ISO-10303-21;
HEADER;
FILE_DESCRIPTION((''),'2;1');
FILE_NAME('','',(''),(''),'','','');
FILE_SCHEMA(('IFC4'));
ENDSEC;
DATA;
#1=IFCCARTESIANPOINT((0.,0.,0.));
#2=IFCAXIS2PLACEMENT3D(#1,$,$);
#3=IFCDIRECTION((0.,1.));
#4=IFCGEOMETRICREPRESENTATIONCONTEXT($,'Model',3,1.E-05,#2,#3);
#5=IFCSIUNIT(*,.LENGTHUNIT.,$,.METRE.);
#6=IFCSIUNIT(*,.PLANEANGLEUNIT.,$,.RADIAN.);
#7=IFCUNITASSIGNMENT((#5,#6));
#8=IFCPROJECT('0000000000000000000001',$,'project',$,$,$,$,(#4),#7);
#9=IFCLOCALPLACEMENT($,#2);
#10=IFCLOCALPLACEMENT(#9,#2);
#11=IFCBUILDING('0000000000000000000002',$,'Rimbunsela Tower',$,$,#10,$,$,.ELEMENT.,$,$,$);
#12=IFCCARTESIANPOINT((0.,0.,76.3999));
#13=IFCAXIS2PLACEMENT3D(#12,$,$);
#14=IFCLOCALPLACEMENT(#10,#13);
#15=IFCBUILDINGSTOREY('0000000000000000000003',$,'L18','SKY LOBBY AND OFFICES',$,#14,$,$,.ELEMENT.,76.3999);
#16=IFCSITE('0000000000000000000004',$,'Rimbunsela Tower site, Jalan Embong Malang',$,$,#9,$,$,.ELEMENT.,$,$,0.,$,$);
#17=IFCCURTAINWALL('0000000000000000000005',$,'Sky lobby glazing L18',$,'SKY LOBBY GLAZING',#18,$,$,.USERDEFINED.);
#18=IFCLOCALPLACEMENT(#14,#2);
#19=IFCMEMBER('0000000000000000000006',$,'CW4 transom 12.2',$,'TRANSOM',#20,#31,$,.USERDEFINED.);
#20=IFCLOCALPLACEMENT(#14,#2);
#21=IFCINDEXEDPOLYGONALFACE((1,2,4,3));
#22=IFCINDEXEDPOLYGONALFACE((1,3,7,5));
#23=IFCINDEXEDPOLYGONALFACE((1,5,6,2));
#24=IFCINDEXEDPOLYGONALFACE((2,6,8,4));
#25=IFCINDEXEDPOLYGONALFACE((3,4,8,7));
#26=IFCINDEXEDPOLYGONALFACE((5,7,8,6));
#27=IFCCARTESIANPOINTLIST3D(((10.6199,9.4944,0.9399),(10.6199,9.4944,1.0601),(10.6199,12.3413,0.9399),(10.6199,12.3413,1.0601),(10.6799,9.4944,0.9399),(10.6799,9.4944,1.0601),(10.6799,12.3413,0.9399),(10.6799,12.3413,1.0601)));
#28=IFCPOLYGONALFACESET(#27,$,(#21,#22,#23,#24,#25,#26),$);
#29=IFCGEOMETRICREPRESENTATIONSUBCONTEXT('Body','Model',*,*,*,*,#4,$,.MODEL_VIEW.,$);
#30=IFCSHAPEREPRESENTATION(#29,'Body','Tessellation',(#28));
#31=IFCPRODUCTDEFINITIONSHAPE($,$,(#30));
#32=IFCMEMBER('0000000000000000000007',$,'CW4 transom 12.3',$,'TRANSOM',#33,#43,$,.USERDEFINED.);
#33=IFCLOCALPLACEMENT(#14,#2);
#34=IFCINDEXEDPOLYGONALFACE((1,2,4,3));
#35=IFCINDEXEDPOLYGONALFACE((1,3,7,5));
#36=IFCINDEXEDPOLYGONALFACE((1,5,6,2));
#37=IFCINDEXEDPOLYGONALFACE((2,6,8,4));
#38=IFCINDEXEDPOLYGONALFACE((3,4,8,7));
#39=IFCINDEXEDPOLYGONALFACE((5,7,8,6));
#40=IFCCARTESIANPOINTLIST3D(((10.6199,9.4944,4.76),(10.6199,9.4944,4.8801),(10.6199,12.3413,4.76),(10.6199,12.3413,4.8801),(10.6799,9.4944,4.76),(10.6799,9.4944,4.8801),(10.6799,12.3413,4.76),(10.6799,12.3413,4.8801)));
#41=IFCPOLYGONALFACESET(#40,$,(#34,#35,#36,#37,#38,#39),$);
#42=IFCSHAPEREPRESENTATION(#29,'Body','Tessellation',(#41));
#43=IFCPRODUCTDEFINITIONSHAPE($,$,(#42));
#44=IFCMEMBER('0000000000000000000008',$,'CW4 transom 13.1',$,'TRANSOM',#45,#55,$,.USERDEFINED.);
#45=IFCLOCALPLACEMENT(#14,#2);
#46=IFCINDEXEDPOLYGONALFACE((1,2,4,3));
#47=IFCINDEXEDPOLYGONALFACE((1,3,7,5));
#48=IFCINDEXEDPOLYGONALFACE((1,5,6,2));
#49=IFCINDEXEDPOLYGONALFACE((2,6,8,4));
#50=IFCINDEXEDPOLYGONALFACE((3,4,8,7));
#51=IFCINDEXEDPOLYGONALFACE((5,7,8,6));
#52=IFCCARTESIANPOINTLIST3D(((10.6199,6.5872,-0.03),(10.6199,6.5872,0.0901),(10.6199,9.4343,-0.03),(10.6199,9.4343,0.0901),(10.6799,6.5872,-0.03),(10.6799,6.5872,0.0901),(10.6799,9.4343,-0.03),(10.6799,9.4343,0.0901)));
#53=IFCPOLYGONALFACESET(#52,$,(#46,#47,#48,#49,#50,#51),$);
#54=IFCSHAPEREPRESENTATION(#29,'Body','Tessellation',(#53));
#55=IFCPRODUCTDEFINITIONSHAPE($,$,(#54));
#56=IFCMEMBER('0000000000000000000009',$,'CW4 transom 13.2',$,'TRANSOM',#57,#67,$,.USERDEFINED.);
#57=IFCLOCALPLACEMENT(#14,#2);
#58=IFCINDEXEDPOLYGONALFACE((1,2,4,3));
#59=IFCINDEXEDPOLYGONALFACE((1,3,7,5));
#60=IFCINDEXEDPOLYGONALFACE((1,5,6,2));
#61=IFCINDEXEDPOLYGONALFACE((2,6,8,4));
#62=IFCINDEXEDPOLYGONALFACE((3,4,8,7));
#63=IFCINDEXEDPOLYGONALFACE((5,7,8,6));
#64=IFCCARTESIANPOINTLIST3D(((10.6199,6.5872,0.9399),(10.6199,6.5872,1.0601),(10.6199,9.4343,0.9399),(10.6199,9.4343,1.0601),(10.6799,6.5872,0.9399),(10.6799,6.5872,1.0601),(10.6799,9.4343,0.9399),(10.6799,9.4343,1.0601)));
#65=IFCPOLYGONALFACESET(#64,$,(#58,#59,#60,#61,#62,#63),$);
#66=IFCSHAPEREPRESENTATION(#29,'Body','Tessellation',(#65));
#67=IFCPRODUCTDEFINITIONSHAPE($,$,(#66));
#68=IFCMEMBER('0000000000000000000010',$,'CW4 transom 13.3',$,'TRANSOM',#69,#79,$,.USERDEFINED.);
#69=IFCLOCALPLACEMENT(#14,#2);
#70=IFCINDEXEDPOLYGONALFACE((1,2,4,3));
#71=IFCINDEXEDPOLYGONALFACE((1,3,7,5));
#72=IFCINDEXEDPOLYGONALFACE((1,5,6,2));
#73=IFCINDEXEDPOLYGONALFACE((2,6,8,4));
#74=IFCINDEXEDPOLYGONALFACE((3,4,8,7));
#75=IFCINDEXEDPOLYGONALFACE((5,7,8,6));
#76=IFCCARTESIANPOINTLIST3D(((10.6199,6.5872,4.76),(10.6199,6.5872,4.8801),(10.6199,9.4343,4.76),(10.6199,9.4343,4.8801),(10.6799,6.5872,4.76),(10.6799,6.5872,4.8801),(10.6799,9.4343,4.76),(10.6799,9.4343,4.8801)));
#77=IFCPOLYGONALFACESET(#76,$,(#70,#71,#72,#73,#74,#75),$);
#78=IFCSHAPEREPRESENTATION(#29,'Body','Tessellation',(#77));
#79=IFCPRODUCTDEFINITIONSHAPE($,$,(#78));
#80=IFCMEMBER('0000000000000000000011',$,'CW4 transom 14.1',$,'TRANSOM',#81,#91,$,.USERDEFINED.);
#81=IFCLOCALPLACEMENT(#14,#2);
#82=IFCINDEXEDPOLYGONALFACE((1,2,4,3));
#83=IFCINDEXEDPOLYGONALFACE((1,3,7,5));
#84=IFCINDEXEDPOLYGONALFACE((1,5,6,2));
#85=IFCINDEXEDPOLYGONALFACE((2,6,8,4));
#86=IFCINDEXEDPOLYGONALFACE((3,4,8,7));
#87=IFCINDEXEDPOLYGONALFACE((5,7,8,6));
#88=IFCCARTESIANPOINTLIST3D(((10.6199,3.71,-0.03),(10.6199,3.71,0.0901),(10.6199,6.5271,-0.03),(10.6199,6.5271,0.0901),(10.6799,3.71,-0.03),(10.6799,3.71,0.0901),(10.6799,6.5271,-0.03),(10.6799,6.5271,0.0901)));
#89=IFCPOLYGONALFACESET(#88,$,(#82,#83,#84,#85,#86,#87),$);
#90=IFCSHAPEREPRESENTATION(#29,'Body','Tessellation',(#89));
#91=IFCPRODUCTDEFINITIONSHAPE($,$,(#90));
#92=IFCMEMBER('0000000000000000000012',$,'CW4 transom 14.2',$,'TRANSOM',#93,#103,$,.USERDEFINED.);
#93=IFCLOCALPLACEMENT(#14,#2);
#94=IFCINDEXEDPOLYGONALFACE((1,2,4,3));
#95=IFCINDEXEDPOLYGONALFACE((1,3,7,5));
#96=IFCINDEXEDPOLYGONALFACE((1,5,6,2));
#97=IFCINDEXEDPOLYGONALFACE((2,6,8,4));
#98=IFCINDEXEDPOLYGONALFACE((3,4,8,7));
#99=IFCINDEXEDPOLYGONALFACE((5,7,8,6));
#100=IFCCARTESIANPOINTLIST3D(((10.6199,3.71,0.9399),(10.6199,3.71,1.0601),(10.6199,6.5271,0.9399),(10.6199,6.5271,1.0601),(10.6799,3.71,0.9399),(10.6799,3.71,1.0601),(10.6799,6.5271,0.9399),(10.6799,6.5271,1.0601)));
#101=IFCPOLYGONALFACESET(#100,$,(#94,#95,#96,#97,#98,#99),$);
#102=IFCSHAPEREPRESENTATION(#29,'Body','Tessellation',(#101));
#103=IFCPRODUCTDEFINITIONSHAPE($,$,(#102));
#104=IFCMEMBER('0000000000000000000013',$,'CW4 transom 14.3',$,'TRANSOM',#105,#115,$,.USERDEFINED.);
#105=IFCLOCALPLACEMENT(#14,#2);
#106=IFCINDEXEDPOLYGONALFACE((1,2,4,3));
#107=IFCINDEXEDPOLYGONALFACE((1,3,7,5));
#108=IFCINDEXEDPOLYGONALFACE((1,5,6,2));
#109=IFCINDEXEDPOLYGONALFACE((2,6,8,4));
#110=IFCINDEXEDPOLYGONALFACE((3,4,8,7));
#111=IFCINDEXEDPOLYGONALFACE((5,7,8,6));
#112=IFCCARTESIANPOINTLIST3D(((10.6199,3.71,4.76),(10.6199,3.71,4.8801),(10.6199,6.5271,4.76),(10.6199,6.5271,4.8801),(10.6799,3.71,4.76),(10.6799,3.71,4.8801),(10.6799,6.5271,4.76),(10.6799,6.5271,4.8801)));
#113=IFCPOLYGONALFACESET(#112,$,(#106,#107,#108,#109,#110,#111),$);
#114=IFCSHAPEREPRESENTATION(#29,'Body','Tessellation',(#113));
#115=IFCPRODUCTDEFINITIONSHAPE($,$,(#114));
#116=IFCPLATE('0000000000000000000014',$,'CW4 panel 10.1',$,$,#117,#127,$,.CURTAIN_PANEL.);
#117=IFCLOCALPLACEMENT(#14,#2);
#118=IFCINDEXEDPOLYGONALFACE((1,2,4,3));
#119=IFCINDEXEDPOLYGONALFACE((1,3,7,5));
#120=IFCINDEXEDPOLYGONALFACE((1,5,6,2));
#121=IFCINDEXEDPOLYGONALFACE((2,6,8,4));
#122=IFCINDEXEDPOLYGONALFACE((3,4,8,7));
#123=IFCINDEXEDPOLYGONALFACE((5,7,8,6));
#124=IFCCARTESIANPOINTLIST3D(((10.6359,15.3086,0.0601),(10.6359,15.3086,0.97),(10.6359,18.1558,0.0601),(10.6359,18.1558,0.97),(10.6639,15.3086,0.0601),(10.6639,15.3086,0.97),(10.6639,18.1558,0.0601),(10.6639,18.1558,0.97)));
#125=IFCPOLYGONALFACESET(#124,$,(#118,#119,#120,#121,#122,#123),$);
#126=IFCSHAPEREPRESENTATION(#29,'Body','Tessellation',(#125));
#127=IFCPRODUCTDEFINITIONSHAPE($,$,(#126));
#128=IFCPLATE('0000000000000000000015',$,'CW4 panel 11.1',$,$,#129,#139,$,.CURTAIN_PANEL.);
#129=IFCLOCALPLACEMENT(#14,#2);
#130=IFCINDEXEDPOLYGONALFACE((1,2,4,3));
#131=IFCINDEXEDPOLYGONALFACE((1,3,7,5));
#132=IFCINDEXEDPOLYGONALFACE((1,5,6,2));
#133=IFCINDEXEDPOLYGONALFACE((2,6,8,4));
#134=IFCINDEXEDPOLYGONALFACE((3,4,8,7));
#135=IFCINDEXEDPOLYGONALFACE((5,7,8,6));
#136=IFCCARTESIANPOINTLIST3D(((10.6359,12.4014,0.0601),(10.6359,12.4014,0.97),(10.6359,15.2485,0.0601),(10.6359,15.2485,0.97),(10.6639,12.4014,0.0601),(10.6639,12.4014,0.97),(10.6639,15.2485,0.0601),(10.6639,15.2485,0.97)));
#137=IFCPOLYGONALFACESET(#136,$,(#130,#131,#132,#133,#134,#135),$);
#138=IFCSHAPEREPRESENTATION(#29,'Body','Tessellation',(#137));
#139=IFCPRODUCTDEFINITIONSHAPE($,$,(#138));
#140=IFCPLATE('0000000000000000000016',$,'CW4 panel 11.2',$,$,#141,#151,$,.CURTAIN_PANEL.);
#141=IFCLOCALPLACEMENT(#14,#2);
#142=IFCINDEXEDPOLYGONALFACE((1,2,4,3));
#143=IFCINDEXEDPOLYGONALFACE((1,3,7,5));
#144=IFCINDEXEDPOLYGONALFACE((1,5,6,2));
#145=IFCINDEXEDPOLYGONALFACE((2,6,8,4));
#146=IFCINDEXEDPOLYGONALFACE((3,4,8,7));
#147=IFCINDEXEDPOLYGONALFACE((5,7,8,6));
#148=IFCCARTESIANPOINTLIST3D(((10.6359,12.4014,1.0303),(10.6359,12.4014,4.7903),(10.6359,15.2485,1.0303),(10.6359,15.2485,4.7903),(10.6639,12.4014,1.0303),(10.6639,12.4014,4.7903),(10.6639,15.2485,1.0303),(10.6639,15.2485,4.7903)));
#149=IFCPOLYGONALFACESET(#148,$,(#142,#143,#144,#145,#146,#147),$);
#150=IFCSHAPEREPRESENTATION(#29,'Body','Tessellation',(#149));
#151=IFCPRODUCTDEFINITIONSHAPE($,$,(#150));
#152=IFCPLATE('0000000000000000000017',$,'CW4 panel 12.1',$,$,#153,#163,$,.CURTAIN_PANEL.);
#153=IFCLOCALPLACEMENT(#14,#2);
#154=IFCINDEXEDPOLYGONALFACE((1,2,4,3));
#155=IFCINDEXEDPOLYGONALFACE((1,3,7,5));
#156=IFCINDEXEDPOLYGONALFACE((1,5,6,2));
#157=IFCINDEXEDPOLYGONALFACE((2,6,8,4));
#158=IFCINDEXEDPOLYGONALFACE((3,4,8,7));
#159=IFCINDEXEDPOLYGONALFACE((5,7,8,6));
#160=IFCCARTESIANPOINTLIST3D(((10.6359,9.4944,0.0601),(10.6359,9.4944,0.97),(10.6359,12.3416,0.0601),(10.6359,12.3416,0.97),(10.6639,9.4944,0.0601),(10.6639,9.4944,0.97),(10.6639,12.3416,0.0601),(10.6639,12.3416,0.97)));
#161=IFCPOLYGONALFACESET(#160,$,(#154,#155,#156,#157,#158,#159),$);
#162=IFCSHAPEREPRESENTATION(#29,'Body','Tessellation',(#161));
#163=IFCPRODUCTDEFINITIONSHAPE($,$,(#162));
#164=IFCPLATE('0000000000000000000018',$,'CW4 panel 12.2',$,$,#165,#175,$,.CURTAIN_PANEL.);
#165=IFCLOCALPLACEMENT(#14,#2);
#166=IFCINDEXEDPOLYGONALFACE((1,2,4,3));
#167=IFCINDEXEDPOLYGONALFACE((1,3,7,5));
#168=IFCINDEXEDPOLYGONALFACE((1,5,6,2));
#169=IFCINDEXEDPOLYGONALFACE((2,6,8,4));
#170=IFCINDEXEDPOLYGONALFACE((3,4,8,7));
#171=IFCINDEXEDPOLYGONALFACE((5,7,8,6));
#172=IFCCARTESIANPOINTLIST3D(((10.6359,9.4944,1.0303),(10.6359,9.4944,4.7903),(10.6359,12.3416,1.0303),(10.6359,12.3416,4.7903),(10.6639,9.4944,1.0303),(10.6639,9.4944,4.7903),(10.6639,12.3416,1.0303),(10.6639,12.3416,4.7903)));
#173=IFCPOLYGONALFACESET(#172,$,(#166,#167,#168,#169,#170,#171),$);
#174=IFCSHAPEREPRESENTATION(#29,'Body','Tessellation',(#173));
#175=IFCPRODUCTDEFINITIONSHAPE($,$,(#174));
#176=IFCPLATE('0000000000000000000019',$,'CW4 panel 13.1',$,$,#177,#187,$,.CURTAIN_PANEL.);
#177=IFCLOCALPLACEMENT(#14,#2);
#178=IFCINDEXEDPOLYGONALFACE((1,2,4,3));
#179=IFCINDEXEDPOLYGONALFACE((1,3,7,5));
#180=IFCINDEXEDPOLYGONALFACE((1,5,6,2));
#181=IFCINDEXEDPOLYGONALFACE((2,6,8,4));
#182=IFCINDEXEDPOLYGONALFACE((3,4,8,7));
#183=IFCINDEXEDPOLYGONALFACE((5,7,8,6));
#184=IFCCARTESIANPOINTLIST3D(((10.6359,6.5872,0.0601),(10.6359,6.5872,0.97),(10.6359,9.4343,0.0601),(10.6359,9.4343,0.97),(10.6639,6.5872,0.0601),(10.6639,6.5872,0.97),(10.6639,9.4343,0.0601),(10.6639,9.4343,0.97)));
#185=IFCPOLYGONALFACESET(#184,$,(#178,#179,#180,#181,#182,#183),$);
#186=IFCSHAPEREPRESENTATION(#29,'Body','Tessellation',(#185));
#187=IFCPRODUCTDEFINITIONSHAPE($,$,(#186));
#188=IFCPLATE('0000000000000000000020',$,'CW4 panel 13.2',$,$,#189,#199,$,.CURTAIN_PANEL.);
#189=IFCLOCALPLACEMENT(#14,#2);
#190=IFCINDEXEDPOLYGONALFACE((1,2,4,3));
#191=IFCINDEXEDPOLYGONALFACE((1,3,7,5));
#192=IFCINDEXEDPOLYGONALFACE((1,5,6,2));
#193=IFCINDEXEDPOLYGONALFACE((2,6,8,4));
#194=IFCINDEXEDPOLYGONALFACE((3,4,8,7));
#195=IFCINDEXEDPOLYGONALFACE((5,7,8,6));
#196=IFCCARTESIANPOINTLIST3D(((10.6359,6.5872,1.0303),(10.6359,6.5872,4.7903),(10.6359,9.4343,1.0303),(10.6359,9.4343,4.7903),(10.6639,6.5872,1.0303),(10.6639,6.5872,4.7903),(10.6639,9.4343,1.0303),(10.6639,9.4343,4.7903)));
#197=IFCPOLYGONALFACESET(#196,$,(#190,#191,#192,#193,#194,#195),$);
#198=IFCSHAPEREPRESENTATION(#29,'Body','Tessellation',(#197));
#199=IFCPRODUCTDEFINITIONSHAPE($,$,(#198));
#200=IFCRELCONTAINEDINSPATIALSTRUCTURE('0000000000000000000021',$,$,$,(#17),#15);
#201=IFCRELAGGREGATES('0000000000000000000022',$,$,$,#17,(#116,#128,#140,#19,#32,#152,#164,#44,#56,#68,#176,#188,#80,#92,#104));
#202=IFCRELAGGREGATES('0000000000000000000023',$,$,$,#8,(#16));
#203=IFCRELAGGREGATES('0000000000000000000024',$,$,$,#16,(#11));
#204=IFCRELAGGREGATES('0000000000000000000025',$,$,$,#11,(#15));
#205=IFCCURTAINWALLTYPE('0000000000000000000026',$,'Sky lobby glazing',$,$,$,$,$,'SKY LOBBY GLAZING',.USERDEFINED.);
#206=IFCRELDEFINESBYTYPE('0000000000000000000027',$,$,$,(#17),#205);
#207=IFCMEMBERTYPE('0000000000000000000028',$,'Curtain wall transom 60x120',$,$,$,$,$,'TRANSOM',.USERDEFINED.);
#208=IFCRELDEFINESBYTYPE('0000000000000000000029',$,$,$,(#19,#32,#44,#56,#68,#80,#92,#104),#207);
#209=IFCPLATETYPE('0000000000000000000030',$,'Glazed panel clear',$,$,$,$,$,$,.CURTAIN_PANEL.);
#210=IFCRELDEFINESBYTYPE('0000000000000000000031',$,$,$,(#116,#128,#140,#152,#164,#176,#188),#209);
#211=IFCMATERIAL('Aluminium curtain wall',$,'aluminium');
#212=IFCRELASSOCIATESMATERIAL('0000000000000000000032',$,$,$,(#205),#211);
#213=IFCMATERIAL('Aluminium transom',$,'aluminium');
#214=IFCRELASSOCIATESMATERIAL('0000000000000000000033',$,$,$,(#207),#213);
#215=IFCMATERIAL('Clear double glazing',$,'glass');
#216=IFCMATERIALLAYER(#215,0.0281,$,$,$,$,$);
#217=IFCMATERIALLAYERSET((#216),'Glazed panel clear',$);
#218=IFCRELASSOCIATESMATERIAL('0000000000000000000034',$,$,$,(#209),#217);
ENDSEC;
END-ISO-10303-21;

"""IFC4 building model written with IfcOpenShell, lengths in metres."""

from ifc_helpers import new_model, si_unit, direction, frame, origin, origin_2d, place, context, subcontext, project, spatial, rectangle, extrude, material, layer, layer_set, material_profile, profile_set, type_object, element, aggregate, save


model = new_model("IFC4")

# Units and contexts
model_context = context("Model", 3, precision=1e-05, world=origin(), true_north=direction((0.0, 1.0)))
body_context = subcontext(model_context, "Body", "Model", "MODEL_VIEW")
ifc_project = project(units=[si_unit("LENGTHUNIT", "METRE"), si_unit("PLANEANGLEUNIT", "RADIAN")], contexts=[model_context])

# Site, building, storey
site_placement = place(None, origin())
site = spatial("IfcSite", under=ifc_project, at=site_placement, Name="Rimbunsela Tower site, Jalan Embong Malang", CompositionType="ELEMENT", RefElevation=0.0)
building_placement = place(site_placement, origin())
building = spatial("IfcBuilding", under=site, at=building_placement, Name="Rimbunsela Tower", CompositionType="ELEMENT")
storey_placement = place(building_placement, frame((0.0, 0.0, 76.3999)))
storey = spatial("IfcBuildingStorey", under=building, at=storey_placement, Name="L18", Description="SKY LOBBY AND OFFICES", CompositionType="ELEMENT", Elevation=76.3999)

# Curtain wall, members, plates
ifc_material_1 = material(Name="Aluminium curtain wall", Category="aluminium")
curtain_wall_type = type_object("IfcCurtainWallType", Name="Sky lobby glazing", ElementType="SKY LOBBY GLAZING", PredefinedType="USERDEFINED", material=ifc_material_1)
curtain_wall_placement = place(storey_placement, origin())
curtain_wall = element("IfcCurtainWall", 1, at=curtain_wall_placement, inside=storey, type_object=curtain_wall_type, Name="Sky lobby glazing L18", ObjectType="SKY LOBBY GLAZING", PredefinedType="USERDEFINED")
ifc_material_2 = material(Name="Aluminium transom", Category="aluminium")
ifc_material_profile_1 = material_profile(ifc_material_2, rectangle(XDim=0.0601, YDim=0.1201, at=origin_2d()), Name="Transom 60x120")
ifc_profile_set_1 = profile_set([ifc_material_profile_1], Name="Aluminium transom")
member_type_1 = type_object("IfcMemberType", Name="Curtain wall transom 60x120", ElementType="TRANSOM", PredefinedType="USERDEFINED", material=ifc_profile_set_1)
member_1_placement = place(storey_placement, frame((10.6499, 12.3413, 1.0), z_axis=(0.0, -1.0, 0.0), x_axis=(1.0, 0.0, 0.0)))
member_1 = element("IfcMember", 2, at=member_1_placement, type_object=member_type_1, Name="CW4 transom 12.2", ObjectType="TRANSOM", PredefinedType="USERDEFINED", context=body_context, shape_type="SweptSolid", body=[
    extrude(rectangle(XDim=0.0601, YDim=0.1201, at=origin_2d()), origin(), (0.0, 0.0, 1.0), 2.8469),
])
member_2_placement = place(storey_placement, frame((10.6499, 12.3413, 4.8201), z_axis=(0.0, -1.0, 0.0), x_axis=(1.0, 0.0, 0.0)))
member_2 = element("IfcMember", 3, at=member_2_placement, type_object=member_type_1, Name="CW4 transom 12.3", ObjectType="TRANSOM", PredefinedType="USERDEFINED", context=body_context, shape_type="SweptSolid", body=[
    extrude(rectangle(XDim=0.0601, YDim=0.1201, at=origin_2d()), origin(), (0.0, 0.0, 1.0), 2.8469),
])
member_3_placement = place(storey_placement, frame((10.6499, 9.4343, 0.03), z_axis=(0.0, -1.0, 0.0), x_axis=(1.0, 0.0, 0.0)))
member_3 = element("IfcMember", 4, at=member_3_placement, type_object=member_type_1, Name="CW4 transom 13.1", ObjectType="TRANSOM", PredefinedType="USERDEFINED", context=body_context, shape_type="SweptSolid", body=[
    extrude(rectangle(XDim=0.0601, YDim=0.1201, at=origin_2d()), origin(), (0.0, 0.0, 1.0), 2.8472),
])
member_4_placement = place(storey_placement, frame((10.6499, 9.4343, 1.0), z_axis=(0.0, -1.0, 0.0), x_axis=(1.0, 0.0, 0.0)))
member_4 = element("IfcMember", 5, at=member_4_placement, type_object=member_type_1, Name="CW4 transom 13.2", ObjectType="TRANSOM", PredefinedType="USERDEFINED", context=body_context, shape_type="SweptSolid", body=[
    extrude(rectangle(XDim=0.0601, YDim=0.1201, at=origin_2d()), origin(), (0.0, 0.0, 1.0), 2.8472),
])
member_5_placement = place(storey_placement, frame((10.6499, 9.4343, 4.8201), z_axis=(0.0, -1.0, 0.0), x_axis=(1.0, 0.0, 0.0)))
member_5 = element("IfcMember", 6, at=member_5_placement, type_object=member_type_1, Name="CW4 transom 13.3", ObjectType="TRANSOM", PredefinedType="USERDEFINED", context=body_context, shape_type="SweptSolid", body=[
    extrude(rectangle(XDim=0.0601, YDim=0.1201, at=origin_2d()), origin(), (0.0, 0.0, 1.0), 2.8472),
])
member_6_placement = place(storey_placement, frame((10.6499, 6.5271, 0.03), z_axis=(0.0, -1.0, 0.0), x_axis=(1.0, 0.0, 0.0)))
member_6 = element("IfcMember", 7, at=member_6_placement, type_object=member_type_1, Name="CW4 transom 14.1", ObjectType="TRANSOM", PredefinedType="USERDEFINED", context=body_context, shape_type="SweptSolid", body=[
    extrude(rectangle(XDim=0.0601, YDim=0.1201, at=origin_2d()), origin(), (0.0, 0.0, 1.0), 2.8171),
])
member_7_placement = place(storey_placement, frame((10.6499, 6.5271, 1.0), z_axis=(0.0, -1.0, 0.0), x_axis=(1.0, 0.0, 0.0)))
member_7 = element("IfcMember", 8, at=member_7_placement, type_object=member_type_1, Name="CW4 transom 14.2", ObjectType="TRANSOM", PredefinedType="USERDEFINED", context=body_context, shape_type="SweptSolid", body=[
    extrude(rectangle(XDim=0.0601, YDim=0.1201, at=origin_2d()), origin(), (0.0, 0.0, 1.0), 2.8171),
])
member_8_placement = place(storey_placement, frame((10.6499, 6.5271, 4.8201), z_axis=(0.0, -1.0, 0.0), x_axis=(1.0, 0.0, 0.0)))
member_8 = element("IfcMember", 9, at=member_8_placement, type_object=member_type_1, Name="CW4 transom 14.3", ObjectType="TRANSOM", PredefinedType="USERDEFINED", context=body_context, shape_type="SweptSolid", body=[
    extrude(rectangle(XDim=0.0601, YDim=0.1201, at=origin_2d()), origin(), (0.0, 0.0, 1.0), 2.8171),
])
ifc_material_3 = material(Name="Clear double glazing", Category="glass")
ifc_layer_1 = layer(ifc_material_3, 0.0281)
ifc_layer_set_1 = layer_set([ifc_layer_1], Name="Glazed panel clear")
plate_type = type_object("IfcPlateType", Name="Glazed panel clear", PredefinedType="CURTAIN_PANEL", material=ifc_layer_set_1)
plate_1_placement = place(storey_placement, frame((10.6499, 16.7322, 0.0601), z_axis=(0.0, 0.0, 1.0), x_axis=(0.0, -1.0, 0.0)))
plate_1 = element("IfcPlate", 10, at=plate_1_placement, type_object=plate_type, Name="CW4 panel 10.1", PredefinedType="CURTAIN_PANEL", context=body_context, shape_type="SweptSolid", body=[
    extrude(rectangle(XDim=2.8472, YDim=0.0281, at=origin_2d()), origin(), (0.0, 0.0, 1.0), 0.9099),
])
plate_2_placement = place(storey_placement, frame((10.6499, 13.825, 0.0601), z_axis=(0.0, 0.0, 1.0), x_axis=(0.0, -1.0, 0.0)))
plate_2 = element("IfcPlate", 11, at=plate_2_placement, type_object=plate_type, Name="CW4 panel 11.1", PredefinedType="CURTAIN_PANEL", context=body_context, shape_type="SweptSolid", body=[
    extrude(rectangle(XDim=2.8472, YDim=0.0281, at=origin_2d()), origin(), (0.0, 0.0, 1.0), 0.9099),
])
plate_3_placement = place(storey_placement, frame((10.6499, 13.825, 1.0303), z_axis=(0.0, 0.0, 1.0), x_axis=(0.0, -1.0, 0.0)))
plate_3 = element("IfcPlate", 12, at=plate_3_placement, type_object=plate_type, Name="CW4 panel 11.2", PredefinedType="CURTAIN_PANEL", context=body_context, shape_type="SweptSolid", body=[
    extrude(rectangle(XDim=2.8472, YDim=0.0281, at=origin_2d()), origin(), (0.0, 0.0, 1.0), 3.76),
])
plate_4_placement = place(storey_placement, frame((10.6499, 10.918, 0.0601), z_axis=(0.0, 0.0, 1.0), x_axis=(0.0, -1.0, 0.0)))
plate_4 = element("IfcPlate", 13, at=plate_4_placement, type_object=plate_type, Name="CW4 panel 12.1", PredefinedType="CURTAIN_PANEL", context=body_context, shape_type="SweptSolid", body=[
    extrude(rectangle(XDim=2.8472, YDim=0.0281, at=origin_2d()), origin(), (0.0, 0.0, 1.0), 0.9099),
])
plate_5_placement = place(storey_placement, frame((10.6499, 10.918, 1.0303), z_axis=(0.0, 0.0, 1.0), x_axis=(0.0, -1.0, 0.0)))
plate_5 = element("IfcPlate", 14, at=plate_5_placement, type_object=plate_type, Name="CW4 panel 12.2", PredefinedType="CURTAIN_PANEL", context=body_context, shape_type="SweptSolid", body=[
    extrude(rectangle(XDim=2.8472, YDim=0.0281, at=origin_2d()), origin(), (0.0, 0.0, 1.0), 3.76),
])
plate_6_placement = place(storey_placement, frame((10.6499, 8.0107, 0.0601), z_axis=(0.0, 0.0, 1.0), x_axis=(0.0, -1.0, 0.0)))
plate_6 = element("IfcPlate", 15, at=plate_6_placement, type_object=plate_type, Name="CW4 panel 13.1", PredefinedType="CURTAIN_PANEL", context=body_context, shape_type="SweptSolid", body=[
    extrude(rectangle(XDim=2.8472, YDim=0.0281, at=origin_2d()), origin(), (0.0, 0.0, 1.0), 0.9099),
])
plate_7_placement = place(storey_placement, frame((10.6499, 8.0107, 1.0303), z_axis=(0.0, 0.0, 1.0), x_axis=(0.0, -1.0, 0.0)))
plate_7 = element("IfcPlate", 16, at=plate_7_placement, type_object=plate_type, Name="CW4 panel 13.2", PredefinedType="CURTAIN_PANEL", context=body_context, shape_type="SweptSolid", body=[
    extrude(rectangle(XDim=2.8472, YDim=0.0281, at=origin_2d()), origin(), (0.0, 0.0, 1.0), 3.76),
])
aggregate(curtain_wall, [plate_1, plate_2, plate_3, member_1, member_2, plate_4, plate_5, member_3, member_4, member_5, plate_6, plate_7, member_6, member_7, member_8])

save(model, "model.ifc")
